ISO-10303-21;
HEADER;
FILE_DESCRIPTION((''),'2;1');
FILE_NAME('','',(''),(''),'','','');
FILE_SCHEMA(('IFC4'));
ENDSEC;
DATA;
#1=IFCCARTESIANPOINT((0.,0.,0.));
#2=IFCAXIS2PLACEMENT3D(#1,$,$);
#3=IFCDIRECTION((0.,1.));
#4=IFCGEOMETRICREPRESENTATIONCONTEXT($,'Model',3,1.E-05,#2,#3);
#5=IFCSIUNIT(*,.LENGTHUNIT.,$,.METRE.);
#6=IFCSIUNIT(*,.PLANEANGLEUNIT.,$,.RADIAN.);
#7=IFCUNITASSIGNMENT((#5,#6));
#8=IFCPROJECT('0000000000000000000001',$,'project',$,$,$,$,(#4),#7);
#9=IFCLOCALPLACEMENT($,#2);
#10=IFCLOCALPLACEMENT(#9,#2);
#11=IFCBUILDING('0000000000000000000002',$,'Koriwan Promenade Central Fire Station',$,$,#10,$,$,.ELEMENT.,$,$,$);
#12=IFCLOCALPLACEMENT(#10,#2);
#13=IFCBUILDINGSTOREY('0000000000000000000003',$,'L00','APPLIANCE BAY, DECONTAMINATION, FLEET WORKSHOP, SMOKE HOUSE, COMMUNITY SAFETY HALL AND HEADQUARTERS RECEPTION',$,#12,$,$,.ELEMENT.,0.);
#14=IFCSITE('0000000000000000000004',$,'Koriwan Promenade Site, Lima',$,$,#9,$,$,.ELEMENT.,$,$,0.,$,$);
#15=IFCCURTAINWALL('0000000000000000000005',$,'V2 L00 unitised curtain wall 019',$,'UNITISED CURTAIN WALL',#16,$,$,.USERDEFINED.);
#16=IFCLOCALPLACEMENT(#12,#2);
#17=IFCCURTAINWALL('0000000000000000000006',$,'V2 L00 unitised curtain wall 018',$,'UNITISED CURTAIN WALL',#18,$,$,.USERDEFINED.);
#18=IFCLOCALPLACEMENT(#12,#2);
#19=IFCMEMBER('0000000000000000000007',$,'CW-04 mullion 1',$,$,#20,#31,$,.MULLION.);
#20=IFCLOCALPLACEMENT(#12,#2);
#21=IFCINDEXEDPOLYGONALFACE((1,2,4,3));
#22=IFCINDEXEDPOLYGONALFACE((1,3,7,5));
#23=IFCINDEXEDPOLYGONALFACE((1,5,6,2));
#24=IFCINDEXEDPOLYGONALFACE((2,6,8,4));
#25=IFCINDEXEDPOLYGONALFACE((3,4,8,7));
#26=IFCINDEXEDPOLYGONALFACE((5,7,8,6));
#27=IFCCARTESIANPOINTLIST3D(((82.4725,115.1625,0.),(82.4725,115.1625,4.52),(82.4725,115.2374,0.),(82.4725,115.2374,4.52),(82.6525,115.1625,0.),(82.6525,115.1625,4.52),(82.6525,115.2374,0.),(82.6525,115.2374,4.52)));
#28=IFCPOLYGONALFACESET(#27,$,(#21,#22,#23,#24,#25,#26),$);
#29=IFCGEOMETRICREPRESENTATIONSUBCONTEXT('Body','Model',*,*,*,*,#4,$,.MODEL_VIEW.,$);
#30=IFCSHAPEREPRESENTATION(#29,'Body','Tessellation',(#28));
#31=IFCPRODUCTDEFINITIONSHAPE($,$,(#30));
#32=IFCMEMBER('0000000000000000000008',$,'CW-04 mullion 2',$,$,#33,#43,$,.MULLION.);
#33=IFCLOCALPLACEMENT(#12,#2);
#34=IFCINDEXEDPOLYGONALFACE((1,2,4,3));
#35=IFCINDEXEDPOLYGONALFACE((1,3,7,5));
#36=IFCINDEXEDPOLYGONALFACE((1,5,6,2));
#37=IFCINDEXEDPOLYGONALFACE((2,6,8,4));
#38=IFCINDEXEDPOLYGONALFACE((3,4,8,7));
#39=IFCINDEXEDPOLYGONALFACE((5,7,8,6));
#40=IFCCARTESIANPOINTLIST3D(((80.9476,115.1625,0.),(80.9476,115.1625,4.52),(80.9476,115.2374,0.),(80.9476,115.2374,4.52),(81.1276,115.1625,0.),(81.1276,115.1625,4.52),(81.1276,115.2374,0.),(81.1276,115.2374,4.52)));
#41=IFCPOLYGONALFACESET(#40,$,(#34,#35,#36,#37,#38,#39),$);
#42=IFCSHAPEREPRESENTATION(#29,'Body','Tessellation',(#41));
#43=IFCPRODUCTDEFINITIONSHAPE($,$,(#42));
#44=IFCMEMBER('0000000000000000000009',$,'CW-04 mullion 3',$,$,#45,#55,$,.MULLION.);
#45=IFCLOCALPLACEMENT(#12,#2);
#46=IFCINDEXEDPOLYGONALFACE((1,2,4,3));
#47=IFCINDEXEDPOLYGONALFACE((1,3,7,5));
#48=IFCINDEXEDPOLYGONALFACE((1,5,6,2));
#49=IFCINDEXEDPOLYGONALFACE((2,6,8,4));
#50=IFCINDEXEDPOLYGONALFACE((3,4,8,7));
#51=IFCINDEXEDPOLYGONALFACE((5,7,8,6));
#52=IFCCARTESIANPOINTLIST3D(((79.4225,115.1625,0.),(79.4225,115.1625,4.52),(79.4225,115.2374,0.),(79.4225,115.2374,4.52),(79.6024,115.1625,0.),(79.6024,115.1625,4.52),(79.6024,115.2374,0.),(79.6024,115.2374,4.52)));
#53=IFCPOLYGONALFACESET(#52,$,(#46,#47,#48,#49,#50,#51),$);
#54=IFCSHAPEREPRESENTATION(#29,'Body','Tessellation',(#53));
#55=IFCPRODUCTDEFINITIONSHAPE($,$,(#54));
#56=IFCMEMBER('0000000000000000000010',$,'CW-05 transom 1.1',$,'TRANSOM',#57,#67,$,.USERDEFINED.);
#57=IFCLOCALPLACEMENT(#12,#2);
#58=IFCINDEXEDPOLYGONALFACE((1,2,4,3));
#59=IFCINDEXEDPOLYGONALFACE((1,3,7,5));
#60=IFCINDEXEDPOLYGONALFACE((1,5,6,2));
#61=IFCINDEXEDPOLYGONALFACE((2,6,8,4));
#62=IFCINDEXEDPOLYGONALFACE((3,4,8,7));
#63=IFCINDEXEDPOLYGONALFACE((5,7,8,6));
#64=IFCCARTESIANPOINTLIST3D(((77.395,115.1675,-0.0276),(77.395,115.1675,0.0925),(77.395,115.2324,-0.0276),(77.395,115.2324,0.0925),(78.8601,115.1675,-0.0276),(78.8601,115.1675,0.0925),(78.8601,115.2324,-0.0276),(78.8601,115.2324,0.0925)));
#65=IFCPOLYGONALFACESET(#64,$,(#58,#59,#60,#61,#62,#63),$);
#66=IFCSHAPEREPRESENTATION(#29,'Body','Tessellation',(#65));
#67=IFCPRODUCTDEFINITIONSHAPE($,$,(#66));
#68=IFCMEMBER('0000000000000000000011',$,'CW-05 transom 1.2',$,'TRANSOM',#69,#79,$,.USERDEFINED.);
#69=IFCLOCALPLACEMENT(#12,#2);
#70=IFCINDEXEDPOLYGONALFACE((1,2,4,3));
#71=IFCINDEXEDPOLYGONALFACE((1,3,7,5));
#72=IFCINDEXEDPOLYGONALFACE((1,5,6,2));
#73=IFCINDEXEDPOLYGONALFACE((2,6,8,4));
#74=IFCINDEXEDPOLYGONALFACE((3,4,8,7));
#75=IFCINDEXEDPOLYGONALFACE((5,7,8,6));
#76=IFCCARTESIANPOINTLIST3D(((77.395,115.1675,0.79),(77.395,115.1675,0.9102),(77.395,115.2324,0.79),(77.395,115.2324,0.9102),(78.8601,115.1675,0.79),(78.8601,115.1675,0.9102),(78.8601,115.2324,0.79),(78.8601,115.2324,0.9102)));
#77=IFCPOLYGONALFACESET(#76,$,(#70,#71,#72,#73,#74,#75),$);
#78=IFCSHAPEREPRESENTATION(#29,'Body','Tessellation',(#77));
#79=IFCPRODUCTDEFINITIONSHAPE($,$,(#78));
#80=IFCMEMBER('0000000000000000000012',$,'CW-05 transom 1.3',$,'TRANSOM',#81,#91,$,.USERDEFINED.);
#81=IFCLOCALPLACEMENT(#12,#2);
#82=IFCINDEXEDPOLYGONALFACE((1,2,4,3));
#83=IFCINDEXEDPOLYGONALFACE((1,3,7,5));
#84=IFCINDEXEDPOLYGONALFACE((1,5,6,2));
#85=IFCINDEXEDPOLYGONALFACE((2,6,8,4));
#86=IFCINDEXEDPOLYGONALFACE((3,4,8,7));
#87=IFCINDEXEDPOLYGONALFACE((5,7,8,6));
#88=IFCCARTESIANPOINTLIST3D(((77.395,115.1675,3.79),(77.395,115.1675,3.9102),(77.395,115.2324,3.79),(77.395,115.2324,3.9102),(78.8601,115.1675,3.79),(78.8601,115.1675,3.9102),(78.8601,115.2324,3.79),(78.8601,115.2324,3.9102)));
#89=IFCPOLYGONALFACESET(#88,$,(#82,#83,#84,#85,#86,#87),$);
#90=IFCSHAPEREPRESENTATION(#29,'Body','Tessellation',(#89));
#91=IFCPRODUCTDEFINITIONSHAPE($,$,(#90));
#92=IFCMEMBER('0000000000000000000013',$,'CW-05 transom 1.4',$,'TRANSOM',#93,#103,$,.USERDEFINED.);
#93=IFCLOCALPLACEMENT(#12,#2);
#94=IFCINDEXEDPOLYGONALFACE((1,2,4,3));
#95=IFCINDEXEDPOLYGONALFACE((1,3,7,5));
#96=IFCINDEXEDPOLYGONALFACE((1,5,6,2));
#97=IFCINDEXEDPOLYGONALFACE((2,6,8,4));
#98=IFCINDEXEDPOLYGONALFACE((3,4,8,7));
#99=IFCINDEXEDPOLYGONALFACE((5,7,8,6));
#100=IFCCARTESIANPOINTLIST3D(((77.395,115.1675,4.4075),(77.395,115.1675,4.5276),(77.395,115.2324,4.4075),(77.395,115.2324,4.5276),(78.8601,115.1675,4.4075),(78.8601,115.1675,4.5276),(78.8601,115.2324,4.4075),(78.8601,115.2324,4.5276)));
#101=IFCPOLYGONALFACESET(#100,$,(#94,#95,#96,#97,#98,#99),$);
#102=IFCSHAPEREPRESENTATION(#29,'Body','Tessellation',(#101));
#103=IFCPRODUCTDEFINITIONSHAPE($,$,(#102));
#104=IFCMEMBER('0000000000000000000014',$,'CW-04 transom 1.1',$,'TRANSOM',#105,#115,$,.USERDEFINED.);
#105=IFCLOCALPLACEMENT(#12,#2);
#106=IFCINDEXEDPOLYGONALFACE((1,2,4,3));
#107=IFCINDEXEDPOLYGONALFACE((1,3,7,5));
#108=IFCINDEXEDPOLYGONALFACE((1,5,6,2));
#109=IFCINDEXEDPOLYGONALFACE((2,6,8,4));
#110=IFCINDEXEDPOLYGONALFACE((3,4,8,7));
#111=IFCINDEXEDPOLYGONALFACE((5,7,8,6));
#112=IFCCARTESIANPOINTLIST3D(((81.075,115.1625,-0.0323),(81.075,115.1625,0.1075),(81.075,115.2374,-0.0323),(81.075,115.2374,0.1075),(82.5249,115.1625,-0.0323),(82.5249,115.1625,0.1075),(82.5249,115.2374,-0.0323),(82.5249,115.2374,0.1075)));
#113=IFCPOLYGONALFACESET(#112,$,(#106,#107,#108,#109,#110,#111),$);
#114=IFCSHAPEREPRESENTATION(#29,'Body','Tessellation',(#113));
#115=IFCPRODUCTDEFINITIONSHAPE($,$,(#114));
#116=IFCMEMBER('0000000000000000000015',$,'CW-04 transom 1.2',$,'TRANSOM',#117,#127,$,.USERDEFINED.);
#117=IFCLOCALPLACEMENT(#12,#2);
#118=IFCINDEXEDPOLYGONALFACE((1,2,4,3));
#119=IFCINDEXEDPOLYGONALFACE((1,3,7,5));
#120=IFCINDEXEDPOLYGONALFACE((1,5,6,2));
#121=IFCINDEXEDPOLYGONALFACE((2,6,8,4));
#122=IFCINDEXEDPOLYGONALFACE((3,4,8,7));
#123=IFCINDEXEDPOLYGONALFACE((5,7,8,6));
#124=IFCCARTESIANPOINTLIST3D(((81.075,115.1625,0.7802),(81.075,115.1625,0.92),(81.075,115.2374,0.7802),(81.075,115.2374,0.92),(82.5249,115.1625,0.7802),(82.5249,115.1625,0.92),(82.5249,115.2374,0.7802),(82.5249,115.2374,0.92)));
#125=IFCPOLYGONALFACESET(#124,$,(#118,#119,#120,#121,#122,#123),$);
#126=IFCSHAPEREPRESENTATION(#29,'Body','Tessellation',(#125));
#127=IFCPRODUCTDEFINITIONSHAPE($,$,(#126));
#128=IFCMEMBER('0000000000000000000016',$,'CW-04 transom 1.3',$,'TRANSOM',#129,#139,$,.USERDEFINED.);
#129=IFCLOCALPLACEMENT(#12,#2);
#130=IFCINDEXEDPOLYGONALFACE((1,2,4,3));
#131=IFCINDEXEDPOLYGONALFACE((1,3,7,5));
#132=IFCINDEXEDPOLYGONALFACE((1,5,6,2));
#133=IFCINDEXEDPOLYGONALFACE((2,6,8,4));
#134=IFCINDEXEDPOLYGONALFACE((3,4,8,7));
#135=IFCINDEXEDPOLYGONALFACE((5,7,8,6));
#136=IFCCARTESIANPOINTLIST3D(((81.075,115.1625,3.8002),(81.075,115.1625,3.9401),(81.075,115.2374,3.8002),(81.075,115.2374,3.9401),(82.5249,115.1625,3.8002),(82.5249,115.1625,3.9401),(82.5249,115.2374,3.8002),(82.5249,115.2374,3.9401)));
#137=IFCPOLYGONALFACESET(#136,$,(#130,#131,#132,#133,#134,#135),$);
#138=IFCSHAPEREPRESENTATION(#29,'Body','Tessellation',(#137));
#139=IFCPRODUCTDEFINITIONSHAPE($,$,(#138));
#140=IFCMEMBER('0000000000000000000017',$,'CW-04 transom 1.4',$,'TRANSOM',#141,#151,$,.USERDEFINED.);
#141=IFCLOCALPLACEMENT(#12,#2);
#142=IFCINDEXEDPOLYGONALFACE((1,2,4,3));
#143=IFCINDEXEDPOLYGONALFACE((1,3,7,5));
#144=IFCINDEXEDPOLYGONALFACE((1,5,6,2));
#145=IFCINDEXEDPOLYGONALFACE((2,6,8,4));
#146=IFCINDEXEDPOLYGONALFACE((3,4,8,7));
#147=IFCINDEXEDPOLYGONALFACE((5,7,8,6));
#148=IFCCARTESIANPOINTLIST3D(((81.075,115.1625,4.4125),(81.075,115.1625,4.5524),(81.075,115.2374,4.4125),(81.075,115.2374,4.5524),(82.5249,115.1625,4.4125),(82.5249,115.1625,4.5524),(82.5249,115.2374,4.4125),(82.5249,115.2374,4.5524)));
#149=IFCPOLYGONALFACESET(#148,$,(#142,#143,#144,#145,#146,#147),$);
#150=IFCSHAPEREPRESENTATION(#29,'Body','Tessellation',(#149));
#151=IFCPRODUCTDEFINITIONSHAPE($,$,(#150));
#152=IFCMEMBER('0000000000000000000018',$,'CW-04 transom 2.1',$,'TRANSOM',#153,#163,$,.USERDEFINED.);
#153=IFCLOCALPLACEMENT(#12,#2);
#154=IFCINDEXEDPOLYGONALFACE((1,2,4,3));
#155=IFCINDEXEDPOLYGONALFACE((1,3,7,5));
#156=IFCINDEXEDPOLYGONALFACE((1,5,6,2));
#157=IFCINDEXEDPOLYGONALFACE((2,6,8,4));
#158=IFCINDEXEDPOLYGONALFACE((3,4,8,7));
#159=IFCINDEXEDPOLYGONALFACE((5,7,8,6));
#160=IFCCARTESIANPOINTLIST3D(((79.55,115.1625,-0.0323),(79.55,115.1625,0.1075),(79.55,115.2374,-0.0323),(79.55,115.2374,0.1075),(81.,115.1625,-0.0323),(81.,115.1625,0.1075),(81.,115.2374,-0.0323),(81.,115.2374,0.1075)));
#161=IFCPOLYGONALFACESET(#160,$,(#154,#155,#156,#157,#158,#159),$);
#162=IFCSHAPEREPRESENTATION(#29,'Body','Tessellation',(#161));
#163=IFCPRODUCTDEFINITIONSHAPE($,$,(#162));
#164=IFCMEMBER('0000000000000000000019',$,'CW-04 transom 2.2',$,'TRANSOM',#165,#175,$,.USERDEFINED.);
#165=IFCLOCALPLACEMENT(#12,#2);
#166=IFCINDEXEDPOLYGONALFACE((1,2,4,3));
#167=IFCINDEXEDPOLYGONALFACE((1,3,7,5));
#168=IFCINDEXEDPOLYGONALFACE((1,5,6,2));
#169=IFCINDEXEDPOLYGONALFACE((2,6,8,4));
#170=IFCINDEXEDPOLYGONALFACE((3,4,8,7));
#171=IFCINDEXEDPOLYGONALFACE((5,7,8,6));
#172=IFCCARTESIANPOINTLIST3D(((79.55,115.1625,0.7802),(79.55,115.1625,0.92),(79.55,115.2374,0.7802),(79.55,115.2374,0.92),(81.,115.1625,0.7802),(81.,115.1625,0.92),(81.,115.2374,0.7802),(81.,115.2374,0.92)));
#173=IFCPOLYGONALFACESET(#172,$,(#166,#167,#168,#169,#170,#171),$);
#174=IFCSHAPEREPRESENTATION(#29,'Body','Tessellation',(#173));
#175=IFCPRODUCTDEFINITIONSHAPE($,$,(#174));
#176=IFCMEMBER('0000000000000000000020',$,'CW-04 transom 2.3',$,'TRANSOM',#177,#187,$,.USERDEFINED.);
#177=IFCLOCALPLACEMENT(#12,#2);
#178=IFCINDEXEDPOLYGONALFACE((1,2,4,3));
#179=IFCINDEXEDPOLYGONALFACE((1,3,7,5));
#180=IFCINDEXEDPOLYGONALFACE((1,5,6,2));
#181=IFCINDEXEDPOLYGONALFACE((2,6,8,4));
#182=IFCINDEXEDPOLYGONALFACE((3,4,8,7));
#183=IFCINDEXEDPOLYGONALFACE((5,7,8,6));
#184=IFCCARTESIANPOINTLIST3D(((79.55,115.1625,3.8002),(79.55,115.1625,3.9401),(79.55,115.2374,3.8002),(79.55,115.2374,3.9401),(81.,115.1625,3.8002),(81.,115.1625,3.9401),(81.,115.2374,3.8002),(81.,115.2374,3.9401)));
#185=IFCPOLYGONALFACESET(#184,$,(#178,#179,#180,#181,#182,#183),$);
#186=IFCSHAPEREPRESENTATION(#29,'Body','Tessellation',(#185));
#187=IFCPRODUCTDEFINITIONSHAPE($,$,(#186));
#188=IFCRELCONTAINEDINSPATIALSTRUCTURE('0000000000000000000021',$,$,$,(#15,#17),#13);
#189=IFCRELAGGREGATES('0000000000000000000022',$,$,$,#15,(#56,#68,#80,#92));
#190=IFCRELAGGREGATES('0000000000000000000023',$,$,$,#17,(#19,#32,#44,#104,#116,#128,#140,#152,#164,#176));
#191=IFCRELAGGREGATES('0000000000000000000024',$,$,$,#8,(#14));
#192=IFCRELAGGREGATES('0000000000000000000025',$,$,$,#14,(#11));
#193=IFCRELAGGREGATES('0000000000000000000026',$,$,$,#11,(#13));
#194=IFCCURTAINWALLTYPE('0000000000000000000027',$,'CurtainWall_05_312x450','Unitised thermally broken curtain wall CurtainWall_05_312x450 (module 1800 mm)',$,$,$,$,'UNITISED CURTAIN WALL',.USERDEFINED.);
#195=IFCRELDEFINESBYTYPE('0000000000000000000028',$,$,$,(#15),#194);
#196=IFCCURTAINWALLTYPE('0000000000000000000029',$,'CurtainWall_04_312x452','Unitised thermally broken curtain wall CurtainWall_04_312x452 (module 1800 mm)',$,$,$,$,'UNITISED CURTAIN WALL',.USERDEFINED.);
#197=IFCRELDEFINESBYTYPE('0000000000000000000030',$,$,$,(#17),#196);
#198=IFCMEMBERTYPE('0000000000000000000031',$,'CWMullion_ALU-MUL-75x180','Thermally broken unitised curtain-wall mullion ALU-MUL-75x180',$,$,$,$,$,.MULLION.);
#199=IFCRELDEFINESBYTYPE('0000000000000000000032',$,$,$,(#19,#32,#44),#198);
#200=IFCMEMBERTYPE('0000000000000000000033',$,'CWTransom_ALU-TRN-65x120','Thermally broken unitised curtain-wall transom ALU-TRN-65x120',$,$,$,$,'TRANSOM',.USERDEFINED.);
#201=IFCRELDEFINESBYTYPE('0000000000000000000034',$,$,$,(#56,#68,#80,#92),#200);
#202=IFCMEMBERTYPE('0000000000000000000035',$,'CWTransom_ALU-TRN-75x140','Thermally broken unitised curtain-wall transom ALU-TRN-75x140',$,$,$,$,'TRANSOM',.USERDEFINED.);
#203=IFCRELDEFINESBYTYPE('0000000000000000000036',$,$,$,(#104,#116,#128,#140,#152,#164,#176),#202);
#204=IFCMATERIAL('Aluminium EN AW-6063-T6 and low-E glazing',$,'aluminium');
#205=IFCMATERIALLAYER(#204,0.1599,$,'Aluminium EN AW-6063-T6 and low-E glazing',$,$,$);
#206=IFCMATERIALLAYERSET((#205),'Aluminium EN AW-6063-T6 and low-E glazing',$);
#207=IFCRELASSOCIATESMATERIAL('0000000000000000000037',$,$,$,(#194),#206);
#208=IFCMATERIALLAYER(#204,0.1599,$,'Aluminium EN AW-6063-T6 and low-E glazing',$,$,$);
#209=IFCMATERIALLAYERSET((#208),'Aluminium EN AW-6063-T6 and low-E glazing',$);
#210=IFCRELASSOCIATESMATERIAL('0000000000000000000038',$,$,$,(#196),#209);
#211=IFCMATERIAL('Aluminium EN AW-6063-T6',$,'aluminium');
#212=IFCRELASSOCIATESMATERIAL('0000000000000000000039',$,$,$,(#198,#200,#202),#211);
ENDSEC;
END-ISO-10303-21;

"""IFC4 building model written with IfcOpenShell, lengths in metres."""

from ifc_helpers import new_model, si_unit, direction, frame, origin, origin_2d, place, context, subcontext, project, spatial, rectangle, extrude, material, layer, layer_set, material_profile, profile_set, type_object, element, aggregate, save


model = new_model("IFC4")

# Units and contexts
model_context = context("Model", 3, precision=1e-05, world=origin(), true_north=direction((0.0, 1.0)))
body_context = subcontext(model_context, "Body", "Model", "MODEL_VIEW")
ifc_project = project(units=[si_unit("LENGTHUNIT", "METRE"), si_unit("PLANEANGLEUNIT", "RADIAN")], contexts=[model_context])

# Site, building, storey
site_placement = place(None, origin())
site = spatial("IfcSite", under=ifc_project, at=site_placement, Name="Koriwan Promenade Site, Lima", CompositionType="ELEMENT", RefElevation=0.0)
building_placement = place(site_placement, origin())
building = spatial("IfcBuilding", under=site, at=building_placement, Name="Koriwan Promenade Central Fire Station", CompositionType="ELEMENT")
storey_placement = place(building_placement, origin())
storey = spatial("IfcBuildingStorey", under=building, at=storey_placement, Name="L00", Description="APPLIANCE BAY, DECONTAMINATION, FLEET WORKSHOP, SMOKE HOUSE, COMMUNITY SAFETY HALL AND HEADQUARTERS RECEPTION", CompositionType="ELEMENT", Elevation=0.0)

# Curtain wall
ifc_material_1 = material(Name="Aluminium EN AW-6063-T6 and low-E glazing", Category="aluminium")
ifc_material_2 = material(Name="Aluminium EN AW-6063-T6", Category="aluminium")
ifc_layer_1 = layer(ifc_material_1, 0.1599, Name="Aluminium EN AW-6063-T6 and low-E glazing")
ifc_layer_set_1 = layer_set([ifc_layer_1], Name="Aluminium EN AW-6063-T6 and low-E glazing")
curtain_wall_type_1 = type_object("IfcCurtainWallType", Name="CurtainWall_05_312x450", Description="Unitised thermally broken curtain wall CurtainWall_05_312x450 (module 1800 mm)", ElementType="UNITISED CURTAIN WALL", PredefinedType="USERDEFINED", material=ifc_layer_set_1)
curtain_wall_1_placement = place(storey_placement, origin())
curtain_wall_1 = element("IfcCurtainWall", 1, at=curtain_wall_1_placement, inside=storey, type_object=curtain_wall_type_1, Name="V2 L00 unitised curtain wall 019", ObjectType="UNITISED CURTAIN WALL", PredefinedType="USERDEFINED")

# Curtain wall, members
ifc_layer_2 = layer(ifc_material_1, 0.1599, Name="Aluminium EN AW-6063-T6 and low-E glazing")
ifc_layer_set_2 = layer_set([ifc_layer_2], Name="Aluminium EN AW-6063-T6 and low-E glazing")
curtain_wall_type_2 = type_object("IfcCurtainWallType", Name="CurtainWall_04_312x452", Description="Unitised thermally broken curtain wall CurtainWall_04_312x452 (module 1800 mm)", ElementType="UNITISED CURTAIN WALL", PredefinedType="USERDEFINED", material=ifc_layer_set_2)
curtain_wall_2_placement = place(storey_placement, origin())
curtain_wall_2 = element("IfcCurtainWall", 2, at=curtain_wall_2_placement, inside=storey, type_object=curtain_wall_type_2, Name="V2 L00 unitised curtain wall 018", ObjectType="UNITISED CURTAIN WALL", PredefinedType="USERDEFINED")
ifc_material_profile_1 = material_profile(ifc_material_2, rectangle(XDim=0.075, YDim=0.1799, at=origin_2d()), Name="ALU-MUL-75x180")
ifc_profile_set_1 = profile_set([ifc_material_profile_1], Name="Aluminium EN AW-6063-T6")
member_type_1 = type_object("IfcMemberType", Name="CWMullion_ALU-MUL-75x180", Description="Thermally broken unitised curtain-wall mullion ALU-MUL-75x180", PredefinedType="MULLION", material=ifc_profile_set_1)
member_1_placement = place(storey_placement, frame((82.5625, 115.2, 0.0), z_axis=(0.0, 0.0, 1.0), x_axis=(0.0, -1.0, 0.0)))
member_1 = element("IfcMember", 3, at=member_1_placement, type_object=member_type_1, Name="CW-04 mullion 1", PredefinedType="MULLION", context=body_context, shape_type="SweptSolid", body=[
    extrude(rectangle(XDim=0.075, YDim=0.1799, at=origin_2d()), origin(), (0.0, 0.0, 1.0), 4.52),
])
member_2_placement = place(storey_placement, frame((81.0376, 115.2, 0.0), z_axis=(0.0, 0.0, 1.0), x_axis=(0.0, -1.0, 0.0)))
member_2 = element("IfcMember", 4, at=member_2_placement, type_object=member_type_1, Name="CW-04 mullion 2", PredefinedType="MULLION", context=body_context, shape_type="SweptSolid", body=[
    extrude(rectangle(XDim=0.075, YDim=0.1799, at=origin_2d()), origin(), (0.0, 0.0, 1.0), 4.52),
])
member_3_placement = place(storey_placement, frame((79.5125, 115.2, 0.0), z_axis=(0.0, 0.0, 1.0), x_axis=(0.0, -1.0, 0.0)))
member_3 = element("IfcMember", 5, at=member_3_placement, type_object=member_type_1, Name="CW-04 mullion 3", PredefinedType="MULLION", context=body_context, shape_type="SweptSolid", body=[
    extrude(rectangle(XDim=0.075, YDim=0.1799, at=origin_2d()), origin(), (0.0, 0.0, 1.0), 4.52),
])

# Members
ifc_material_profile_2 = material_profile(ifc_material_2, rectangle(XDim=0.0649, YDim=0.1201, at=origin_2d()), Name="ALU-TRN-65x120")
ifc_profile_set_2 = profile_set([ifc_material_profile_2], Name="Aluminium EN AW-6063-T6")
member_type_2 = type_object("IfcMemberType", Name="CWTransom_ALU-TRN-65x120", Description="Thermally broken unitised curtain-wall transom ALU-TRN-65x120", ElementType="TRANSOM", PredefinedType="USERDEFINED", material=ifc_profile_set_2)
member_4_placement = place(storey_placement, frame((78.8601, 115.2, 0.0325), z_axis=(-1.0, 0.0, 0.0), x_axis=(0.0, -1.0, 0.0)))
member_4 = element("IfcMember", 6, at=member_4_placement, type_object=member_type_2, Name="CW-05 transom 1.1", ObjectType="TRANSOM", PredefinedType="USERDEFINED", context=body_context, shape_type="SweptSolid", body=[
    extrude(rectangle(XDim=0.0649, YDim=0.1201, at=origin_2d()), origin(), (0.0, 0.0, 1.0), 1.4651),
])
member_5_placement = place(storey_placement, frame((78.8601, 115.2, 0.8501), z_axis=(-1.0, 0.0, 0.0), x_axis=(0.0, -1.0, 0.0)))
member_5 = element("IfcMember", 7, at=member_5_placement, type_object=member_type_2, Name="CW-05 transom 1.2", ObjectType="TRANSOM", PredefinedType="USERDEFINED", context=body_context, shape_type="SweptSolid", body=[
    extrude(rectangle(XDim=0.0649, YDim=0.1201, at=origin_2d()), origin(), (0.0, 0.0, 1.0), 1.4651),
])
member_6_placement = place(storey_placement, frame((78.8601, 115.2, 3.8501), z_axis=(-1.0, 0.0, 0.0), x_axis=(0.0, -1.0, 0.0)))
member_6 = element("IfcMember", 8, at=member_6_placement, type_object=member_type_2, Name="CW-05 transom 1.3", ObjectType="TRANSOM", PredefinedType="USERDEFINED", context=body_context, shape_type="SweptSolid", body=[
    extrude(rectangle(XDim=0.0649, YDim=0.1201, at=origin_2d()), origin(), (0.0, 0.0, 1.0), 1.4651),
])
member_7_placement = place(storey_placement, frame((78.8601, 115.2, 4.4675), z_axis=(-1.0, 0.0, 0.0), x_axis=(0.0, -1.0, 0.0)))
member_7 = element("IfcMember", 9, at=member_7_placement, type_object=member_type_2, Name="CW-05 transom 1.4", ObjectType="TRANSOM", PredefinedType="USERDEFINED", context=body_context, shape_type="SweptSolid", body=[
    extrude(rectangle(XDim=0.0649, YDim=0.1201, at=origin_2d()), origin(), (0.0, 0.0, 1.0), 1.4651),
])
aggregate(curtain_wall_1, [member_4, member_5, member_6, member_7])
ifc_material_profile_3 = material_profile(ifc_material_2, rectangle(XDim=0.075, YDim=0.1399, at=origin_2d()), Name="ALU-TRN-75x140")
ifc_profile_set_3 = profile_set([ifc_material_profile_3], Name="Aluminium EN AW-6063-T6")
member_type_3 = type_object("IfcMemberType", Name="CWTransom_ALU-TRN-75x140", Description="Thermally broken unitised curtain-wall transom ALU-TRN-75x140", ElementType="TRANSOM", PredefinedType="USERDEFINED", material=ifc_profile_set_3)
member_8_placement = place(storey_placement, frame((82.5249, 115.2, 0.0376), z_axis=(-1.0, 0.0, 0.0), x_axis=(0.0, -1.0, 0.0)))
member_8 = element("IfcMember", 10, at=member_8_placement, type_object=member_type_3, Name="CW-04 transom 1.1", ObjectType="TRANSOM", PredefinedType="USERDEFINED", context=body_context, shape_type="SweptSolid", body=[
    extrude(rectangle(XDim=0.075, YDim=0.1399, at=origin_2d()), origin(), (0.0, 0.0, 1.0), 1.45),
])
member_9_placement = place(storey_placement, frame((82.5249, 115.2, 0.8501), z_axis=(-1.0, 0.0, 0.0), x_axis=(0.0, -1.0, 0.0)))
member_9 = element("IfcMember", 11, at=member_9_placement, type_object=member_type_3, Name="CW-04 transom 1.2", ObjectType="TRANSOM", PredefinedType="USERDEFINED", context=body_context, shape_type="SweptSolid", body=[
    extrude(rectangle(XDim=0.075, YDim=0.1399, at=origin_2d()), origin(), (0.0, 0.0, 1.0), 1.45),
])
member_10_placement = place(storey_placement, frame((82.5249, 115.2, 3.8701), z_axis=(-1.0, 0.0, 0.0), x_axis=(0.0, -1.0, 0.0)))
member_10 = element("IfcMember", 12, at=member_10_placement, type_object=member_type_3, Name="CW-04 transom 1.3", ObjectType="TRANSOM", PredefinedType="USERDEFINED", context=body_context, shape_type="SweptSolid", body=[
    extrude(rectangle(XDim=0.075, YDim=0.1399, at=origin_2d()), origin(), (0.0, 0.0, 1.0), 1.45),
])
member_11_placement = place(storey_placement, frame((82.5249, 115.2, 4.4824), z_axis=(-1.0, 0.0, 0.0), x_axis=(0.0, -1.0, 0.0)))
member_11 = element("IfcMember", 13, at=member_11_placement, type_object=member_type_3, Name="CW-04 transom 1.4", ObjectType="TRANSOM", PredefinedType="USERDEFINED", context=body_context, shape_type="SweptSolid", body=[
    extrude(rectangle(XDim=0.075, YDim=0.1399, at=origin_2d()), origin(), (0.0, 0.0, 1.0), 1.45),
])
member_12_placement = place(storey_placement, frame((81.0, 115.2, 0.0376), z_axis=(-1.0, 0.0, 0.0), x_axis=(0.0, -1.0, 0.0)))
member_12 = element("IfcMember", 14, at=member_12_placement, type_object=member_type_3, Name="CW-04 transom 2.1", ObjectType="TRANSOM", PredefinedType="USERDEFINED", context=body_context, shape_type="SweptSolid", body=[
    extrude(rectangle(XDim=0.075, YDim=0.1399, at=origin_2d()), origin(), (0.0, 0.0, 1.0), 1.45),
])
member_13_placement = place(storey_placement, frame((81.0, 115.2, 0.8501), z_axis=(-1.0, 0.0, 0.0), x_axis=(0.0, -1.0, 0.0)))
member_13 = element("IfcMember", 15, at=member_13_placement, type_object=member_type_3, Name="CW-04 transom 2.2", ObjectType="TRANSOM", PredefinedType="USERDEFINED", context=body_context, shape_type="SweptSolid", body=[
    extrude(rectangle(XDim=0.075, YDim=0.1399, at=origin_2d()), origin(), (0.0, 0.0, 1.0), 1.45),
])
member_14_placement = place(storey_placement, frame((81.0, 115.2, 3.8701), z_axis=(-1.0, 0.0, 0.0), x_axis=(0.0, -1.0, 0.0)))
member_14 = element("IfcMember", 16, at=member_14_placement, type_object=member_type_3, Name="CW-04 transom 2.3", ObjectType="TRANSOM", PredefinedType="USERDEFINED", context=body_context, shape_type="SweptSolid", body=[
    extrude(rectangle(XDim=0.075, YDim=0.1399, at=origin_2d()), origin(), (0.0, 0.0, 1.0), 1.45),
])

aggregate(curtain_wall_2, [member_1, member_2, member_3, member_8, member_9, member_10, member_11, member_12, member_13, member_14])

save(model, "model.ifc")
